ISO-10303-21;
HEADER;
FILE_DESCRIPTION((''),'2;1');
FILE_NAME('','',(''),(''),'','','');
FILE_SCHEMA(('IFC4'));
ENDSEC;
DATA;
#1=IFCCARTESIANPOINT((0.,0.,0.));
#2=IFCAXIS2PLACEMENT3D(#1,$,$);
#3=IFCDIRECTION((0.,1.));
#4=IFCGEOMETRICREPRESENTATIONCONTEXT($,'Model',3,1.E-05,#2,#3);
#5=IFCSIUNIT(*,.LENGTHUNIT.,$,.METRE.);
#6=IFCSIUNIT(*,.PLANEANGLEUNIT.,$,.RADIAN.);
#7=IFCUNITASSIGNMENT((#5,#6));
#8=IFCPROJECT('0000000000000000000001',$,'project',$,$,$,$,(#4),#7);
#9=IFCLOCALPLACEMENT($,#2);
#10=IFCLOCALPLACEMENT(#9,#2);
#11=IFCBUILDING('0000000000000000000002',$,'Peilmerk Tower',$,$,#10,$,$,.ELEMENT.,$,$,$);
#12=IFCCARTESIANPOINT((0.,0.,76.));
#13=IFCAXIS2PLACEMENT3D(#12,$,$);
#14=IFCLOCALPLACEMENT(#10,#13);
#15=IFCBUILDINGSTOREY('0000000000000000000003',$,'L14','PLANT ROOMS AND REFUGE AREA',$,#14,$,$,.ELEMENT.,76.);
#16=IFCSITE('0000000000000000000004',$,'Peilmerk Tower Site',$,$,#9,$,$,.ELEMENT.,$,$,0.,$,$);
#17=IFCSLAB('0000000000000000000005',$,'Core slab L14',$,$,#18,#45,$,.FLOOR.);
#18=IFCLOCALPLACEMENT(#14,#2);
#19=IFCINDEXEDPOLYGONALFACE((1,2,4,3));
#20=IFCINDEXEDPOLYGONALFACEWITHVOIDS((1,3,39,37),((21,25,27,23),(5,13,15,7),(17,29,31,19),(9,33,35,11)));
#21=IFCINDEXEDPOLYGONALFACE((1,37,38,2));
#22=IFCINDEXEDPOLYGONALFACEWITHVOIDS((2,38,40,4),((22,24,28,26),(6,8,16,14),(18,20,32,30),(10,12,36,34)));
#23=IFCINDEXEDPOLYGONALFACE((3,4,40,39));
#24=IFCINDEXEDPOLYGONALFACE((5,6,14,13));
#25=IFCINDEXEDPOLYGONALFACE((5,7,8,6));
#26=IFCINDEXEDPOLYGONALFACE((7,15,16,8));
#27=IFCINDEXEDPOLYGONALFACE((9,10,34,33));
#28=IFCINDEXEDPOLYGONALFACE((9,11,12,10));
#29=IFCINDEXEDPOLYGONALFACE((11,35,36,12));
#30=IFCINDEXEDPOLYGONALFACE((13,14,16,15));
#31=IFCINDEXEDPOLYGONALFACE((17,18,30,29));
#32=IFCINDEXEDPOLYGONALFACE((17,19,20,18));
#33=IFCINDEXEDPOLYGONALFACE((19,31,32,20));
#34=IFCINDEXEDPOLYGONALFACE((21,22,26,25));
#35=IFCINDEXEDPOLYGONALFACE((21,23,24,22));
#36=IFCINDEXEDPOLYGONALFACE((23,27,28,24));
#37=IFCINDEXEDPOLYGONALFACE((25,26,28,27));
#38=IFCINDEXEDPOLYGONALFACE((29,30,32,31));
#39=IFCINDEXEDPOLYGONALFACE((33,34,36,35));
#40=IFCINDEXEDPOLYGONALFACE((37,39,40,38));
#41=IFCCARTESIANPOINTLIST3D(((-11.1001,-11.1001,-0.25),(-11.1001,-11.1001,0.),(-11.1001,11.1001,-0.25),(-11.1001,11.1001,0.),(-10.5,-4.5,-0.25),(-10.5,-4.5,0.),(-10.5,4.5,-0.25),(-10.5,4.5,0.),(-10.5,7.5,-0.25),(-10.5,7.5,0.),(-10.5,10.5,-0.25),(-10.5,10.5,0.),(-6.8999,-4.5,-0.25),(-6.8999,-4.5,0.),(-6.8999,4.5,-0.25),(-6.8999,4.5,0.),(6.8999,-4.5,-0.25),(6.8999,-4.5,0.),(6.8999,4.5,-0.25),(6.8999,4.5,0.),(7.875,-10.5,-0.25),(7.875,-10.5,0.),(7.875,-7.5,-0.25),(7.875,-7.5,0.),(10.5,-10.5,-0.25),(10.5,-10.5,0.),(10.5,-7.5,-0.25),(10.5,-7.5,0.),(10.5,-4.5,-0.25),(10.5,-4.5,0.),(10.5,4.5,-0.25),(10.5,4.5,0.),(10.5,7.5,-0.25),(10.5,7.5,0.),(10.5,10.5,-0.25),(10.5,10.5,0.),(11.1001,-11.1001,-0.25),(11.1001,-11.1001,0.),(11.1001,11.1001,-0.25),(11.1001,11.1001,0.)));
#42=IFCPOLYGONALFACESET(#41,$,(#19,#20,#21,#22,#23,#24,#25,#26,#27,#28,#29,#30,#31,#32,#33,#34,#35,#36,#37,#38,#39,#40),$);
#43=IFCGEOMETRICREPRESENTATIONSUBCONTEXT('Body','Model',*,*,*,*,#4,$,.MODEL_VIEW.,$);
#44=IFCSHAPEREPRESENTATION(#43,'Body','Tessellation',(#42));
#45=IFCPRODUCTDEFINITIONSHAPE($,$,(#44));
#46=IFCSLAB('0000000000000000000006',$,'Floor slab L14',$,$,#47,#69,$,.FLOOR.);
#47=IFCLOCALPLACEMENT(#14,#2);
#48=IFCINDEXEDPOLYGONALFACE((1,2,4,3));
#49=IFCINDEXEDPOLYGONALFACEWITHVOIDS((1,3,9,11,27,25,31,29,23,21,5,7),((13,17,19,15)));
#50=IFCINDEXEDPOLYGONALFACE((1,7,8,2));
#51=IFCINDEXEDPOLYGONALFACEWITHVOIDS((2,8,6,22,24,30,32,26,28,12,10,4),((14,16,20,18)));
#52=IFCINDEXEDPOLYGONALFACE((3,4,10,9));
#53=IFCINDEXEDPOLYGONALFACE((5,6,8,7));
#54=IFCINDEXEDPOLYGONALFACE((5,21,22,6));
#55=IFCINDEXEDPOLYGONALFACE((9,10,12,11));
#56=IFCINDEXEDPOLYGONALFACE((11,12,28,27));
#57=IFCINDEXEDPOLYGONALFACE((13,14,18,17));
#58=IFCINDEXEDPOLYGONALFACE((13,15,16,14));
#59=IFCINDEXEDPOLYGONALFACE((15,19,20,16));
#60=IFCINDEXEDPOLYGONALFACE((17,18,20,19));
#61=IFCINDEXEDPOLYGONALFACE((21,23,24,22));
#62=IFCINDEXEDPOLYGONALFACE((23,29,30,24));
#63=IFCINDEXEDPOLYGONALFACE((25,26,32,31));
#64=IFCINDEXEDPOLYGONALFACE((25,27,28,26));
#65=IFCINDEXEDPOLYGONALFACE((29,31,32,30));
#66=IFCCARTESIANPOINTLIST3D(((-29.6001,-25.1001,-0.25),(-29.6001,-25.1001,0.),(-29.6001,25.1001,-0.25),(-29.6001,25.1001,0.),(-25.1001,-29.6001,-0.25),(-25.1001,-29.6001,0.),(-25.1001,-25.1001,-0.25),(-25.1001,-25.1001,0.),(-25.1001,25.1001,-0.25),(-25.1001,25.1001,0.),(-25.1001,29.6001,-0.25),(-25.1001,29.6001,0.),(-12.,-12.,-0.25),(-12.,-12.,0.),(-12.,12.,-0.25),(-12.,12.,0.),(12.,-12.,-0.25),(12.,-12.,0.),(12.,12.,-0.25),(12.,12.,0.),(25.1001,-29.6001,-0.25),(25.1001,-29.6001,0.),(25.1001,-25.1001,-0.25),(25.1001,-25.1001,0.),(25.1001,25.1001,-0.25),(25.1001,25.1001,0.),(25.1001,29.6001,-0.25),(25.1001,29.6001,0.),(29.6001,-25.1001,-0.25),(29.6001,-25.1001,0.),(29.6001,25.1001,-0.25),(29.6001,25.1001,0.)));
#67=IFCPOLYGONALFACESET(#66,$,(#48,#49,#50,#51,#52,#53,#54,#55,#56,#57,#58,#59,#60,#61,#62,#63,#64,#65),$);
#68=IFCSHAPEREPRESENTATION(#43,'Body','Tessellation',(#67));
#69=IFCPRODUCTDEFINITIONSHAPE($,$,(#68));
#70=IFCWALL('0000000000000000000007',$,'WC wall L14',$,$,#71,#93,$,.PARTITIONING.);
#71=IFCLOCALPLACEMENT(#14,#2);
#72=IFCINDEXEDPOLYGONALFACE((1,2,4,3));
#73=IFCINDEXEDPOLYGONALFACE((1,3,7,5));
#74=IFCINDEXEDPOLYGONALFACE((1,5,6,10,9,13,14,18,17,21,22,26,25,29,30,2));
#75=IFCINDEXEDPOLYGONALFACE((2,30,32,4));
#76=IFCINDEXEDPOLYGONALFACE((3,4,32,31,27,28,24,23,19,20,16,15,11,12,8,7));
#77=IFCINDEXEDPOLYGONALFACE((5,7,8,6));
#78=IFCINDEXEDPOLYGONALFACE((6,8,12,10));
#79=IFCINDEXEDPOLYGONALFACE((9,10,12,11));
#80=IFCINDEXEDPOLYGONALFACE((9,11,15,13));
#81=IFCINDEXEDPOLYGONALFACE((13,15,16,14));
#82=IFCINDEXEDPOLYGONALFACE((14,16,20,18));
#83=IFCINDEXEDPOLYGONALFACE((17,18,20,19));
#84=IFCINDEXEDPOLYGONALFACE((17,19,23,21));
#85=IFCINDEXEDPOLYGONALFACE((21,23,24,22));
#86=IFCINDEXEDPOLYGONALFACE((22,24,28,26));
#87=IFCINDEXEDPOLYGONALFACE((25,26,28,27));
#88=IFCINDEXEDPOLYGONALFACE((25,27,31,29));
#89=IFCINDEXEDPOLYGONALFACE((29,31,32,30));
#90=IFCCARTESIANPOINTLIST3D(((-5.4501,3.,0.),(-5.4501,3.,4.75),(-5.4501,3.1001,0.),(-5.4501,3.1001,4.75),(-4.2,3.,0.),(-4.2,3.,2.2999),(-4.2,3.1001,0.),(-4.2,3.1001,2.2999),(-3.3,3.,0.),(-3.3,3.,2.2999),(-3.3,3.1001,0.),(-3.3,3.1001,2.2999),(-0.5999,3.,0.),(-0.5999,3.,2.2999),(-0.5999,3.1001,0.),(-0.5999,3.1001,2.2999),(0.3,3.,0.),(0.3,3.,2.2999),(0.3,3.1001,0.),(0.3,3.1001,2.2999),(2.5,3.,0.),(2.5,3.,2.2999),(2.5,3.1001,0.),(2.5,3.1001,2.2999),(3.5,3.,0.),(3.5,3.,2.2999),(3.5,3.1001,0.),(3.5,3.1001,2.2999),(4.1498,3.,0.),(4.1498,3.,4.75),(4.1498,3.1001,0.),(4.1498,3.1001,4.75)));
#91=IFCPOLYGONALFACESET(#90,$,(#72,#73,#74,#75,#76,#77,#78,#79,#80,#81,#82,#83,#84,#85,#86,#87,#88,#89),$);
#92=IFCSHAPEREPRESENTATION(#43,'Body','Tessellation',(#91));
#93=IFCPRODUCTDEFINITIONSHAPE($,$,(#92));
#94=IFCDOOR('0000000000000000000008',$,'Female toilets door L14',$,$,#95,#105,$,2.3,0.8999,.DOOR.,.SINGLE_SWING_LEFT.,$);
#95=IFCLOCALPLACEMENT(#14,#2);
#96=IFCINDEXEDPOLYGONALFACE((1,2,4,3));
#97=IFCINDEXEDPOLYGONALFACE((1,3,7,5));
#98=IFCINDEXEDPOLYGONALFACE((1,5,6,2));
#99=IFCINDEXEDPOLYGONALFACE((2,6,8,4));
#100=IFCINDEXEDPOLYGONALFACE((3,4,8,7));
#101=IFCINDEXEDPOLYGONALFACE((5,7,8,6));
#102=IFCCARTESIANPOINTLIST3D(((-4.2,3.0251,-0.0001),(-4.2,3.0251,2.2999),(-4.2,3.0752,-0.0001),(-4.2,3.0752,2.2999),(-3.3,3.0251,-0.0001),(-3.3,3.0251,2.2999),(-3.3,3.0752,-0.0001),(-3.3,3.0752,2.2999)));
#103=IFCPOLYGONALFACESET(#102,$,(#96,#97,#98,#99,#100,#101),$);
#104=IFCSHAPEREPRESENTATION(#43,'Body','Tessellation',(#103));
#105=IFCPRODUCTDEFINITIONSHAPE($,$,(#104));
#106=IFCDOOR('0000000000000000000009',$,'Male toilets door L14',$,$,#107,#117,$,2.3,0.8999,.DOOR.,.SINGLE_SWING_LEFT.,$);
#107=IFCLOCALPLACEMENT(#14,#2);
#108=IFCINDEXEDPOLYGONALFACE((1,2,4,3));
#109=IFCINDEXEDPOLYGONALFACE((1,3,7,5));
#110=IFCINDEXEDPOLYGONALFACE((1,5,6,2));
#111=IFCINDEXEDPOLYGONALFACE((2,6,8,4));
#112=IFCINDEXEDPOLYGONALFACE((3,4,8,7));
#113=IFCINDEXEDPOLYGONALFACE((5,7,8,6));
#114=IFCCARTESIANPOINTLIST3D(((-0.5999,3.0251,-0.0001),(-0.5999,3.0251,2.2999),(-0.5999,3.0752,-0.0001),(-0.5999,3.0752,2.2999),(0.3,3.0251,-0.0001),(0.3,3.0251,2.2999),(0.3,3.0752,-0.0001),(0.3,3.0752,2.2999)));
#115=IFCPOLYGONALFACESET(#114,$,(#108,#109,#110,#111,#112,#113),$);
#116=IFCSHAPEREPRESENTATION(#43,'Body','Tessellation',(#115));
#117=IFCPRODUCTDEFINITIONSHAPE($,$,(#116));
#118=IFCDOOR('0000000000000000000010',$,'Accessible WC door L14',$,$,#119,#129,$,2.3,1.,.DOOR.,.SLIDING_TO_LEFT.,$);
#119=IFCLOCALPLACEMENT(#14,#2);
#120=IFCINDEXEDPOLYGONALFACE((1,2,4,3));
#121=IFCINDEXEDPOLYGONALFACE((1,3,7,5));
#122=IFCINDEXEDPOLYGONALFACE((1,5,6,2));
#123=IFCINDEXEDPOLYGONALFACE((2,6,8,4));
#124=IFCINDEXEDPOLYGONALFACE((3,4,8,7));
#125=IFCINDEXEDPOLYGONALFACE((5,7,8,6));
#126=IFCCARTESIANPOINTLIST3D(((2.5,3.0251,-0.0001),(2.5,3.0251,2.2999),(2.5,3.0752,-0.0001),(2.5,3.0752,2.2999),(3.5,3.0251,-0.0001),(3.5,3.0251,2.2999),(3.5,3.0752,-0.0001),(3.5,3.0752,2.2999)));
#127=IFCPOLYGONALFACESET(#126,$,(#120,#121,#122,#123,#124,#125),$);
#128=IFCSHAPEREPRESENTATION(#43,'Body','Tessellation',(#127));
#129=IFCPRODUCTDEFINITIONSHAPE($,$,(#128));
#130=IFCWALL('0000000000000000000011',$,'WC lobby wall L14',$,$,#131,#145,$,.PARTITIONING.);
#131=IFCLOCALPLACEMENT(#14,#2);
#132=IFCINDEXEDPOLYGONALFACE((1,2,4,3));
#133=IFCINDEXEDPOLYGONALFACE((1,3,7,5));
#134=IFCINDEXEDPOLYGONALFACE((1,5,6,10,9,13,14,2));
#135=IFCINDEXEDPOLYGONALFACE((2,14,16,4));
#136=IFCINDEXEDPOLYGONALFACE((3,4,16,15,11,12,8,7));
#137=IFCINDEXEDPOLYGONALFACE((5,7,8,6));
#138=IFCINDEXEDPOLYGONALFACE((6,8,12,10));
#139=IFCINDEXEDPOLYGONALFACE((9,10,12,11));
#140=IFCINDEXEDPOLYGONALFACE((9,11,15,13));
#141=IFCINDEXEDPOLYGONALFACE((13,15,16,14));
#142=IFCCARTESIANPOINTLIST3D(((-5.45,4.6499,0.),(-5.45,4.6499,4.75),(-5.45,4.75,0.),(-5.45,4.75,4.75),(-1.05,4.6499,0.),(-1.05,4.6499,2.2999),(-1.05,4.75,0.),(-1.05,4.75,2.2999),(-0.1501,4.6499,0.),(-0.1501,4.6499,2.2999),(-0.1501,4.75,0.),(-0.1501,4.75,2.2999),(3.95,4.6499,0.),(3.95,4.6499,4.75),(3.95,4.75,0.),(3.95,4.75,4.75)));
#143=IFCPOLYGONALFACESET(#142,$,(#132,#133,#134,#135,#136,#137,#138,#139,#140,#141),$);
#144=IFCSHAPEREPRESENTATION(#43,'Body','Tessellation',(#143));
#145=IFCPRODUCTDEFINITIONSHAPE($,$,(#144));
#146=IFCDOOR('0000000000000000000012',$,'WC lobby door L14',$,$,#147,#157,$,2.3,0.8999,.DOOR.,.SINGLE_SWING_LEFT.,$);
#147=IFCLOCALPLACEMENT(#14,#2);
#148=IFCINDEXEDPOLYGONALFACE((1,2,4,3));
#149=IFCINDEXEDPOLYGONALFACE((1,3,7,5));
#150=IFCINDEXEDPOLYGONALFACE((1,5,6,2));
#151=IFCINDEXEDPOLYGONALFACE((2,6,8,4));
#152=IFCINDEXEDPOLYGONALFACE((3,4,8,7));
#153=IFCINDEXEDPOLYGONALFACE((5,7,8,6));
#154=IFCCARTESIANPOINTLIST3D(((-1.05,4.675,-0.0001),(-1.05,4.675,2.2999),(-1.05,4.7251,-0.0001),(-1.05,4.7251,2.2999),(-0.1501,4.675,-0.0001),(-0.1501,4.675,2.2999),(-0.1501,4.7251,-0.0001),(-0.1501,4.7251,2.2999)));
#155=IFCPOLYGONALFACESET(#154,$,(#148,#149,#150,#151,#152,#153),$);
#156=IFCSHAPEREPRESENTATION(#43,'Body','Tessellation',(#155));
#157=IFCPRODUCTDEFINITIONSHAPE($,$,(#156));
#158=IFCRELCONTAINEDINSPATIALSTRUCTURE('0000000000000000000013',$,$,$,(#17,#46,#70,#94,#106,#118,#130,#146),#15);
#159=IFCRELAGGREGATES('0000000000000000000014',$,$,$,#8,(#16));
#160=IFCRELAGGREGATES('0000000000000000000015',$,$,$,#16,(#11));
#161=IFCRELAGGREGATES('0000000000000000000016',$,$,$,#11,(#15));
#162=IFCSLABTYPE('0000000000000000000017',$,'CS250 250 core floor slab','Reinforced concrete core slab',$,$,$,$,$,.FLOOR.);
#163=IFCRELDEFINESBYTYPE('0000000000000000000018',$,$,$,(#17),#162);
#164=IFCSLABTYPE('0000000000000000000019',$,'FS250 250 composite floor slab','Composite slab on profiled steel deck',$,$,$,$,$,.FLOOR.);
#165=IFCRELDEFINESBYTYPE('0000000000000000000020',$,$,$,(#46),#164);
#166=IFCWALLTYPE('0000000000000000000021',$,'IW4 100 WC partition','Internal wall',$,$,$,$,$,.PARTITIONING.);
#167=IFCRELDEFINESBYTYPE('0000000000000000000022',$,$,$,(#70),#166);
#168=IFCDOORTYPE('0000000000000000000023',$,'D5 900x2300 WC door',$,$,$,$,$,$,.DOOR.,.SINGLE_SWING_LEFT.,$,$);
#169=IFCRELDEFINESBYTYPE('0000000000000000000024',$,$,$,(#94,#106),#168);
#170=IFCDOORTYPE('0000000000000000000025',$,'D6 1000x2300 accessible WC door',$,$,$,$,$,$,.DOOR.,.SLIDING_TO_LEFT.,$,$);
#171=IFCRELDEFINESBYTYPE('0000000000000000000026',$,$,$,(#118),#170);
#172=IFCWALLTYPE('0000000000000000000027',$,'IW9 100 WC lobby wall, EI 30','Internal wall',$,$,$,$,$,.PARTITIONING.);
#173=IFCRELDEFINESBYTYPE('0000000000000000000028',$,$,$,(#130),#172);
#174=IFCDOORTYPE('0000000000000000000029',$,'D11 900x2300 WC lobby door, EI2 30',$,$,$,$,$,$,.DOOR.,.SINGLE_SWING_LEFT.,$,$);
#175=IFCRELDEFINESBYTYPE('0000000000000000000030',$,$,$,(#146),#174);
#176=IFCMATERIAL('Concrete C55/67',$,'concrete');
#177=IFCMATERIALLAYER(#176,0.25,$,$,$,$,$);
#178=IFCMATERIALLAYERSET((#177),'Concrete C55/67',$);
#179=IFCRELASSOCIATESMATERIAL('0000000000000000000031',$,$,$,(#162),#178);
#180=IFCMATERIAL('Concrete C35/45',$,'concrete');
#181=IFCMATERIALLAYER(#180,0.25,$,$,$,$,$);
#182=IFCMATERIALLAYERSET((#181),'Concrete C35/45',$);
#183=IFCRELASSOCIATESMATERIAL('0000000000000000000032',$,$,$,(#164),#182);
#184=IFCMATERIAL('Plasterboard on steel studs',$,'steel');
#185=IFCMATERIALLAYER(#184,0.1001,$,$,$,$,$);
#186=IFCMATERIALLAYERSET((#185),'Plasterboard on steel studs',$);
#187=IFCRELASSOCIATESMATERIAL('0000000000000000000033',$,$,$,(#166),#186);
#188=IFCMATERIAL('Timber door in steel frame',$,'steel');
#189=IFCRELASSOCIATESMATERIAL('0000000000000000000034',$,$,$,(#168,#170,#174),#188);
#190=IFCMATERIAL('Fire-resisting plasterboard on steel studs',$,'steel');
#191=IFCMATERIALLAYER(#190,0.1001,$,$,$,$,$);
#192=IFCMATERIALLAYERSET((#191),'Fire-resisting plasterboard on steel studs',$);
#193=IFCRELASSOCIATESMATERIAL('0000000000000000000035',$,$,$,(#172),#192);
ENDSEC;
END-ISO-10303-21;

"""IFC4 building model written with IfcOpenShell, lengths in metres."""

from ifc_helpers import new_model, si_unit, direction, frame, frame_2d, origin, place, context, subcontext, project, spatial, polyline, rectangle, outline, extrude, material, layer, layer_set, type_object, element, fill, save


model = new_model("IFC4")

# Units and contexts
model_context = context("Model", 3, precision=1e-05, world=origin(), true_north=direction((0.0, 1.0)))
body_context = subcontext(model_context, "Body", "Model", "MODEL_VIEW")
ifc_project = project(units=[si_unit("LENGTHUNIT", "METRE"), si_unit("PLANEANGLEUNIT", "RADIAN")], contexts=[model_context])

# Site, building, storey
site_placement = place(None, origin())
site = spatial("IfcSite", under=ifc_project, at=site_placement, Name="Peilmerk Tower Site", CompositionType="ELEMENT", RefElevation=0.0)
building_placement = place(site_placement, origin())
building = spatial("IfcBuilding", under=site, at=building_placement, Name="Peilmerk Tower", CompositionType="ELEMENT")
storey_placement = place(building_placement, frame((0.0, 0.0, 76.0)))
storey = spatial("IfcBuildingStorey", under=building, at=storey_placement, Name="L14", Description="PLANT ROOMS AND REFUGE AREA", CompositionType="ELEMENT", Elevation=76.0)

# Slabs
ifc_material_1 = material(Name="Concrete C55/67", Category="concrete")
ifc_layer_1 = layer(ifc_material_1, 0.25)
ifc_layer_set_1 = layer_set([ifc_layer_1], Name="Concrete C55/67")
slab_type_1 = type_object("IfcSlabType", Name="CS250 250 core floor slab", Description="Reinforced concrete core slab", PredefinedType="FLOOR", material=ifc_layer_set_1)
slab_1_placement = place(storey_placement, frame((0.0, 0.0, -0.25)))
element("IfcSlab", 1, at=slab_1_placement, inside=storey, type_object=slab_type_1, Name="Core slab L14", PredefinedType="FLOOR", context=body_context, shape_type="SweptSolid", body=[
    extrude(outline(polyline([(-11.1001, 11.1001), (-11.1001, -11.1001), (11.1001, -11.1001), (11.1001, 11.1001), (-11.1001, 11.1001)]), holes=[polyline([(10.5, 7.5), (-10.5, 7.5), (-10.5, 10.5), (10.5, 10.5), (10.5, 7.5)]), polyline([(7.875, -10.5), (7.875, -7.5), (10.5, -7.5), (10.5, -10.5), (7.875, -10.5)]), polyline([(-10.5, 4.5), (-6.8999, 4.5), (-6.8999, -4.5), (-10.5, -4.5), (-10.5, 4.5)]), polyline([(10.5, 4.5), (10.5, -4.5), (6.8999, -4.5), (6.8999, 4.5), (10.5, 4.5)])]), origin(), (0.0, 0.0, 1.0), 0.25),
])
ifc_material_2 = material(Name="Concrete C35/45", Category="concrete")
ifc_layer_2 = layer(ifc_material_2, 0.25)
ifc_layer_set_2 = layer_set([ifc_layer_2], Name="Concrete C35/45")
slab_type_2 = type_object("IfcSlabType", Name="FS250 250 composite floor slab", Description="Composite slab on profiled steel deck", PredefinedType="FLOOR", material=ifc_layer_set_2)
slab_2_placement = place(storey_placement, frame((0.0, 0.0, -0.25)))
element("IfcSlab", 2, at=slab_2_placement, inside=storey, type_object=slab_type_2, Name="Floor slab L14", PredefinedType="FLOOR", context=body_context, shape_type="SweptSolid", body=[
    extrude(outline(polyline([(-25.1001, -29.6001), (25.1001, -29.6001), (25.1001, -25.1001), (29.6001, -25.1001), (29.6001, 25.1001), (25.1001, 25.1001), (25.1001, 29.6001), (-25.1001, 29.6001), (-25.1001, 25.1001), (-29.6001, 25.1001), (-29.6001, -25.1001), (-25.1001, -25.1001), (-25.1001, -29.6001)]), holes=[polyline([(12.0, 12.0), (12.0, -12.0), (-12.0, -12.0), (-12.0, 12.0), (12.0, 12.0)])]), origin(), (0.0, 0.0, 1.0), 0.25),
])

# Wall, openings, doors
ifc_material_3 = material(Name="Plasterboard on steel studs", Category="steel")
ifc_layer_3 = layer(ifc_material_3, 0.1001)
ifc_layer_set_3 = layer_set([ifc_layer_3], Name="Plasterboard on steel studs")
wall_type_1 = type_object("IfcWallType", Name="IW4 100 WC partition", Description="Internal wall", PredefinedType="PARTITIONING", material=ifc_layer_set_3)
wall_1_placement = place(storey_placement, frame((-5.45, 3.05, 0.0), z_axis=(0.0, 0.0, 1.0), x_axis=(1.0, 0.0, 0.0)))
wall_1 = element("IfcWall", 3, at=wall_1_placement, inside=storey, type_object=wall_type_1, Name="WC wall L14", PredefinedType="PARTITIONING", context=body_context, shape_type="SweptSolid", body=[
    extrude(rectangle(XDim=9.5999, YDim=0.1001, at=frame_2d((4.7998, 0.0))), origin(), (0.0, 0.0, 1.0), 4.75),
])
opening_1_placement = place(wall_1_placement, frame((1.25, 0.0, 0.0)))
opening_1 = element("IfcOpeningElement", 4, at=opening_1_placement, cuts=wall_1, PredefinedType="OPENING", context=body_context, shape_type="SweptSolid", body=[
    extrude(rectangle(XDim=0.8999, YDim=2.3, at=frame_2d((0.45, 1.1499))), frame((0.0, 0.0601, 0.0), z_axis=(0.0, -1.0, 0.0), x_axis=(1.0, 0.0, 0.0)), (0.0, 0.0, 1.0), 0.1201),
])
opening_2_placement = place(wall_1_placement, frame((4.8501, 0.0, 0.0)))
opening_2 = element("IfcOpeningElement", 5, at=opening_2_placement, cuts=wall_1, PredefinedType="OPENING", context=body_context, shape_type="SweptSolid", body=[
    extrude(rectangle(XDim=0.8999, YDim=2.3, at=frame_2d((0.45, 1.1499))), frame((0.0, 0.0601, 0.0), z_axis=(0.0, -1.0, 0.0), x_axis=(1.0, 0.0, 0.0)), (0.0, 0.0, 1.0), 0.1201),
])
opening_3_placement = place(wall_1_placement, frame((7.95, 0.0, 0.0)))
opening_3 = element("IfcOpeningElement", 6, at=opening_3_placement, cuts=wall_1, PredefinedType="OPENING", context=body_context, shape_type="SweptSolid", body=[
    extrude(rectangle(XDim=1.0, YDim=2.3, at=frame_2d((0.5, 1.1499))), frame((0.0, 0.0601, 0.0), z_axis=(0.0, -1.0, 0.0), x_axis=(1.0, 0.0, 0.0)), (0.0, 0.0, 1.0), 0.1201),
])
ifc_material_4 = material(Name="Timber door in steel frame", Category="steel")
door_type_1 = type_object("IfcDoorType", Name="D5 900x2300 WC door", OperationType="SINGLE_SWING_LEFT", PredefinedType="DOOR", material=ifc_material_4)
door_1_placement = place(opening_1_placement, frame((0.8999, 0.0, 0.0), z_axis=(0.0, 0.0, 1.0), x_axis=(-1.0, 0.0, 0.0)))
door_1 = element("IfcDoor", 7, at=door_1_placement, inside=storey, type_object=door_type_1, Name="Female toilets door L14", OperationType="SINGLE_SWING_LEFT", OverallHeight=2.3, OverallWidth=0.8999, PredefinedType="DOOR", context=body_context, shape_type="SweptSolid", body=[
    extrude(rectangle(XDim=0.8999, YDim=2.3, at=frame_2d((0.45, 1.1499))), frame((0.0, 0.0249, 0.0), z_axis=(0.0, -1.0, 0.0), x_axis=(1.0, 0.0, 0.0)), (0.0, 0.0, 1.0), 0.05),
])
fill(opening_1, door_1)
door_2_placement = place(opening_2_placement, frame((0.8999, 0.0, 0.0), z_axis=(0.0, 0.0, 1.0), x_axis=(-1.0, 0.0, 0.0)))
door_2 = element("IfcDoor", 8, at=door_2_placement, inside=storey, type_object=door_type_1, Name="Male toilets door L14", OperationType="SINGLE_SWING_LEFT", OverallHeight=2.3, OverallWidth=0.8999, PredefinedType="DOOR", context=body_context, shape_type="SweptSolid", body=[
    extrude(rectangle(XDim=0.8999, YDim=2.3, at=frame_2d((0.45, 1.1499))), frame((0.0, 0.0249, 0.0), z_axis=(0.0, -1.0, 0.0), x_axis=(1.0, 0.0, 0.0)), (0.0, 0.0, 1.0), 0.05),
])
fill(opening_2, door_2)
door_type_2 = type_object("IfcDoorType", Name="D6 1000x2300 accessible WC door", OperationType="SLIDING_TO_LEFT", PredefinedType="DOOR", material=ifc_material_4)
door_3_placement = place(opening_3_placement, frame((1.0, 0.0, 0.0), z_axis=(0.0, 0.0, 1.0), x_axis=(-1.0, 0.0, 0.0)))
door_3 = element("IfcDoor", 9, at=door_3_placement, inside=storey, type_object=door_type_2, Name="Accessible WC door L14", OperationType="SLIDING_TO_LEFT", OverallHeight=2.3, OverallWidth=1.0, PredefinedType="DOOR", context=body_context, shape_type="SweptSolid", body=[
    extrude(rectangle(XDim=1.0, YDim=2.3, at=frame_2d((0.5, 1.1499))), frame((0.0, 0.0249, 0.0), z_axis=(0.0, -1.0, 0.0), x_axis=(1.0, 0.0, 0.0)), (0.0, 0.0, 1.0), 0.05),
])
fill(opening_3, door_3)

# Wall, opening, door
ifc_material_5 = material(Name="Fire-resisting plasterboard on steel studs", Category="steel")
ifc_layer_4 = layer(ifc_material_5, 0.1001)
ifc_layer_set_4 = layer_set([ifc_layer_4], Name="Fire-resisting plasterboard on steel studs")
wall_type_2 = type_object("IfcWallType", Name="IW9 100 WC lobby wall, EI 30", Description="Internal wall", PredefinedType="PARTITIONING", material=ifc_layer_set_4)
wall_2_placement = place(storey_placement, frame((-5.45, 4.7, 0.0), z_axis=(0.0, 0.0, 1.0), x_axis=(1.0, 0.0, 0.0)))
wall_2 = element("IfcWall", 10, at=wall_2_placement, inside=storey, type_object=wall_type_2, Name="WC lobby wall L14", PredefinedType="PARTITIONING", context=body_context, shape_type="SweptSolid", body=[
    extrude(rectangle(XDim=9.3999, YDim=0.1001, at=frame_2d((4.7, 0.0))), origin(), (0.0, 0.0, 1.0), 4.75),
])
opening_4_placement = place(wall_2_placement, frame((4.3999, 0.0, 0.0)))
opening_4 = element("IfcOpeningElement", 11, at=opening_4_placement, cuts=wall_2, PredefinedType="OPENING", context=body_context, shape_type="SweptSolid", body=[
    extrude(rectangle(XDim=0.8999, YDim=2.3, at=frame_2d((0.45, 1.1499))), frame((0.0, 0.0601, 0.0), z_axis=(0.0, -1.0, 0.0), x_axis=(1.0, 0.0, 0.0)), (0.0, 0.0, 1.0), 0.1201),
])
door_type_3 = type_object("IfcDoorType", Name="D11 900x2300 WC lobby door, EI2 30", OperationType="SINGLE_SWING_LEFT", PredefinedType="DOOR", material=ifc_material_4)
door_4_placement = place(opening_4_placement, frame((0.8999, 0.0, 0.0), z_axis=(0.0, 0.0, 1.0), x_axis=(-1.0, 0.0, 0.0)))
door_4 = element("IfcDoor", 12, at=door_4_placement, inside=storey, type_object=door_type_3, Name="WC lobby door L14", OperationType="SINGLE_SWING_LEFT", OverallHeight=2.3, OverallWidth=0.8999, PredefinedType="DOOR", context=body_context, shape_type="SweptSolid", body=[
    extrude(rectangle(XDim=0.8999, YDim=2.3, at=frame_2d((0.45, 1.1499))), frame((0.0, 0.0249, 0.0), z_axis=(0.0, -1.0, 0.0), x_axis=(1.0, 0.0, 0.0)), (0.0, 0.0, 1.0), 0.05),
])
fill(opening_4, door_4)

save(model, "model.ifc")
